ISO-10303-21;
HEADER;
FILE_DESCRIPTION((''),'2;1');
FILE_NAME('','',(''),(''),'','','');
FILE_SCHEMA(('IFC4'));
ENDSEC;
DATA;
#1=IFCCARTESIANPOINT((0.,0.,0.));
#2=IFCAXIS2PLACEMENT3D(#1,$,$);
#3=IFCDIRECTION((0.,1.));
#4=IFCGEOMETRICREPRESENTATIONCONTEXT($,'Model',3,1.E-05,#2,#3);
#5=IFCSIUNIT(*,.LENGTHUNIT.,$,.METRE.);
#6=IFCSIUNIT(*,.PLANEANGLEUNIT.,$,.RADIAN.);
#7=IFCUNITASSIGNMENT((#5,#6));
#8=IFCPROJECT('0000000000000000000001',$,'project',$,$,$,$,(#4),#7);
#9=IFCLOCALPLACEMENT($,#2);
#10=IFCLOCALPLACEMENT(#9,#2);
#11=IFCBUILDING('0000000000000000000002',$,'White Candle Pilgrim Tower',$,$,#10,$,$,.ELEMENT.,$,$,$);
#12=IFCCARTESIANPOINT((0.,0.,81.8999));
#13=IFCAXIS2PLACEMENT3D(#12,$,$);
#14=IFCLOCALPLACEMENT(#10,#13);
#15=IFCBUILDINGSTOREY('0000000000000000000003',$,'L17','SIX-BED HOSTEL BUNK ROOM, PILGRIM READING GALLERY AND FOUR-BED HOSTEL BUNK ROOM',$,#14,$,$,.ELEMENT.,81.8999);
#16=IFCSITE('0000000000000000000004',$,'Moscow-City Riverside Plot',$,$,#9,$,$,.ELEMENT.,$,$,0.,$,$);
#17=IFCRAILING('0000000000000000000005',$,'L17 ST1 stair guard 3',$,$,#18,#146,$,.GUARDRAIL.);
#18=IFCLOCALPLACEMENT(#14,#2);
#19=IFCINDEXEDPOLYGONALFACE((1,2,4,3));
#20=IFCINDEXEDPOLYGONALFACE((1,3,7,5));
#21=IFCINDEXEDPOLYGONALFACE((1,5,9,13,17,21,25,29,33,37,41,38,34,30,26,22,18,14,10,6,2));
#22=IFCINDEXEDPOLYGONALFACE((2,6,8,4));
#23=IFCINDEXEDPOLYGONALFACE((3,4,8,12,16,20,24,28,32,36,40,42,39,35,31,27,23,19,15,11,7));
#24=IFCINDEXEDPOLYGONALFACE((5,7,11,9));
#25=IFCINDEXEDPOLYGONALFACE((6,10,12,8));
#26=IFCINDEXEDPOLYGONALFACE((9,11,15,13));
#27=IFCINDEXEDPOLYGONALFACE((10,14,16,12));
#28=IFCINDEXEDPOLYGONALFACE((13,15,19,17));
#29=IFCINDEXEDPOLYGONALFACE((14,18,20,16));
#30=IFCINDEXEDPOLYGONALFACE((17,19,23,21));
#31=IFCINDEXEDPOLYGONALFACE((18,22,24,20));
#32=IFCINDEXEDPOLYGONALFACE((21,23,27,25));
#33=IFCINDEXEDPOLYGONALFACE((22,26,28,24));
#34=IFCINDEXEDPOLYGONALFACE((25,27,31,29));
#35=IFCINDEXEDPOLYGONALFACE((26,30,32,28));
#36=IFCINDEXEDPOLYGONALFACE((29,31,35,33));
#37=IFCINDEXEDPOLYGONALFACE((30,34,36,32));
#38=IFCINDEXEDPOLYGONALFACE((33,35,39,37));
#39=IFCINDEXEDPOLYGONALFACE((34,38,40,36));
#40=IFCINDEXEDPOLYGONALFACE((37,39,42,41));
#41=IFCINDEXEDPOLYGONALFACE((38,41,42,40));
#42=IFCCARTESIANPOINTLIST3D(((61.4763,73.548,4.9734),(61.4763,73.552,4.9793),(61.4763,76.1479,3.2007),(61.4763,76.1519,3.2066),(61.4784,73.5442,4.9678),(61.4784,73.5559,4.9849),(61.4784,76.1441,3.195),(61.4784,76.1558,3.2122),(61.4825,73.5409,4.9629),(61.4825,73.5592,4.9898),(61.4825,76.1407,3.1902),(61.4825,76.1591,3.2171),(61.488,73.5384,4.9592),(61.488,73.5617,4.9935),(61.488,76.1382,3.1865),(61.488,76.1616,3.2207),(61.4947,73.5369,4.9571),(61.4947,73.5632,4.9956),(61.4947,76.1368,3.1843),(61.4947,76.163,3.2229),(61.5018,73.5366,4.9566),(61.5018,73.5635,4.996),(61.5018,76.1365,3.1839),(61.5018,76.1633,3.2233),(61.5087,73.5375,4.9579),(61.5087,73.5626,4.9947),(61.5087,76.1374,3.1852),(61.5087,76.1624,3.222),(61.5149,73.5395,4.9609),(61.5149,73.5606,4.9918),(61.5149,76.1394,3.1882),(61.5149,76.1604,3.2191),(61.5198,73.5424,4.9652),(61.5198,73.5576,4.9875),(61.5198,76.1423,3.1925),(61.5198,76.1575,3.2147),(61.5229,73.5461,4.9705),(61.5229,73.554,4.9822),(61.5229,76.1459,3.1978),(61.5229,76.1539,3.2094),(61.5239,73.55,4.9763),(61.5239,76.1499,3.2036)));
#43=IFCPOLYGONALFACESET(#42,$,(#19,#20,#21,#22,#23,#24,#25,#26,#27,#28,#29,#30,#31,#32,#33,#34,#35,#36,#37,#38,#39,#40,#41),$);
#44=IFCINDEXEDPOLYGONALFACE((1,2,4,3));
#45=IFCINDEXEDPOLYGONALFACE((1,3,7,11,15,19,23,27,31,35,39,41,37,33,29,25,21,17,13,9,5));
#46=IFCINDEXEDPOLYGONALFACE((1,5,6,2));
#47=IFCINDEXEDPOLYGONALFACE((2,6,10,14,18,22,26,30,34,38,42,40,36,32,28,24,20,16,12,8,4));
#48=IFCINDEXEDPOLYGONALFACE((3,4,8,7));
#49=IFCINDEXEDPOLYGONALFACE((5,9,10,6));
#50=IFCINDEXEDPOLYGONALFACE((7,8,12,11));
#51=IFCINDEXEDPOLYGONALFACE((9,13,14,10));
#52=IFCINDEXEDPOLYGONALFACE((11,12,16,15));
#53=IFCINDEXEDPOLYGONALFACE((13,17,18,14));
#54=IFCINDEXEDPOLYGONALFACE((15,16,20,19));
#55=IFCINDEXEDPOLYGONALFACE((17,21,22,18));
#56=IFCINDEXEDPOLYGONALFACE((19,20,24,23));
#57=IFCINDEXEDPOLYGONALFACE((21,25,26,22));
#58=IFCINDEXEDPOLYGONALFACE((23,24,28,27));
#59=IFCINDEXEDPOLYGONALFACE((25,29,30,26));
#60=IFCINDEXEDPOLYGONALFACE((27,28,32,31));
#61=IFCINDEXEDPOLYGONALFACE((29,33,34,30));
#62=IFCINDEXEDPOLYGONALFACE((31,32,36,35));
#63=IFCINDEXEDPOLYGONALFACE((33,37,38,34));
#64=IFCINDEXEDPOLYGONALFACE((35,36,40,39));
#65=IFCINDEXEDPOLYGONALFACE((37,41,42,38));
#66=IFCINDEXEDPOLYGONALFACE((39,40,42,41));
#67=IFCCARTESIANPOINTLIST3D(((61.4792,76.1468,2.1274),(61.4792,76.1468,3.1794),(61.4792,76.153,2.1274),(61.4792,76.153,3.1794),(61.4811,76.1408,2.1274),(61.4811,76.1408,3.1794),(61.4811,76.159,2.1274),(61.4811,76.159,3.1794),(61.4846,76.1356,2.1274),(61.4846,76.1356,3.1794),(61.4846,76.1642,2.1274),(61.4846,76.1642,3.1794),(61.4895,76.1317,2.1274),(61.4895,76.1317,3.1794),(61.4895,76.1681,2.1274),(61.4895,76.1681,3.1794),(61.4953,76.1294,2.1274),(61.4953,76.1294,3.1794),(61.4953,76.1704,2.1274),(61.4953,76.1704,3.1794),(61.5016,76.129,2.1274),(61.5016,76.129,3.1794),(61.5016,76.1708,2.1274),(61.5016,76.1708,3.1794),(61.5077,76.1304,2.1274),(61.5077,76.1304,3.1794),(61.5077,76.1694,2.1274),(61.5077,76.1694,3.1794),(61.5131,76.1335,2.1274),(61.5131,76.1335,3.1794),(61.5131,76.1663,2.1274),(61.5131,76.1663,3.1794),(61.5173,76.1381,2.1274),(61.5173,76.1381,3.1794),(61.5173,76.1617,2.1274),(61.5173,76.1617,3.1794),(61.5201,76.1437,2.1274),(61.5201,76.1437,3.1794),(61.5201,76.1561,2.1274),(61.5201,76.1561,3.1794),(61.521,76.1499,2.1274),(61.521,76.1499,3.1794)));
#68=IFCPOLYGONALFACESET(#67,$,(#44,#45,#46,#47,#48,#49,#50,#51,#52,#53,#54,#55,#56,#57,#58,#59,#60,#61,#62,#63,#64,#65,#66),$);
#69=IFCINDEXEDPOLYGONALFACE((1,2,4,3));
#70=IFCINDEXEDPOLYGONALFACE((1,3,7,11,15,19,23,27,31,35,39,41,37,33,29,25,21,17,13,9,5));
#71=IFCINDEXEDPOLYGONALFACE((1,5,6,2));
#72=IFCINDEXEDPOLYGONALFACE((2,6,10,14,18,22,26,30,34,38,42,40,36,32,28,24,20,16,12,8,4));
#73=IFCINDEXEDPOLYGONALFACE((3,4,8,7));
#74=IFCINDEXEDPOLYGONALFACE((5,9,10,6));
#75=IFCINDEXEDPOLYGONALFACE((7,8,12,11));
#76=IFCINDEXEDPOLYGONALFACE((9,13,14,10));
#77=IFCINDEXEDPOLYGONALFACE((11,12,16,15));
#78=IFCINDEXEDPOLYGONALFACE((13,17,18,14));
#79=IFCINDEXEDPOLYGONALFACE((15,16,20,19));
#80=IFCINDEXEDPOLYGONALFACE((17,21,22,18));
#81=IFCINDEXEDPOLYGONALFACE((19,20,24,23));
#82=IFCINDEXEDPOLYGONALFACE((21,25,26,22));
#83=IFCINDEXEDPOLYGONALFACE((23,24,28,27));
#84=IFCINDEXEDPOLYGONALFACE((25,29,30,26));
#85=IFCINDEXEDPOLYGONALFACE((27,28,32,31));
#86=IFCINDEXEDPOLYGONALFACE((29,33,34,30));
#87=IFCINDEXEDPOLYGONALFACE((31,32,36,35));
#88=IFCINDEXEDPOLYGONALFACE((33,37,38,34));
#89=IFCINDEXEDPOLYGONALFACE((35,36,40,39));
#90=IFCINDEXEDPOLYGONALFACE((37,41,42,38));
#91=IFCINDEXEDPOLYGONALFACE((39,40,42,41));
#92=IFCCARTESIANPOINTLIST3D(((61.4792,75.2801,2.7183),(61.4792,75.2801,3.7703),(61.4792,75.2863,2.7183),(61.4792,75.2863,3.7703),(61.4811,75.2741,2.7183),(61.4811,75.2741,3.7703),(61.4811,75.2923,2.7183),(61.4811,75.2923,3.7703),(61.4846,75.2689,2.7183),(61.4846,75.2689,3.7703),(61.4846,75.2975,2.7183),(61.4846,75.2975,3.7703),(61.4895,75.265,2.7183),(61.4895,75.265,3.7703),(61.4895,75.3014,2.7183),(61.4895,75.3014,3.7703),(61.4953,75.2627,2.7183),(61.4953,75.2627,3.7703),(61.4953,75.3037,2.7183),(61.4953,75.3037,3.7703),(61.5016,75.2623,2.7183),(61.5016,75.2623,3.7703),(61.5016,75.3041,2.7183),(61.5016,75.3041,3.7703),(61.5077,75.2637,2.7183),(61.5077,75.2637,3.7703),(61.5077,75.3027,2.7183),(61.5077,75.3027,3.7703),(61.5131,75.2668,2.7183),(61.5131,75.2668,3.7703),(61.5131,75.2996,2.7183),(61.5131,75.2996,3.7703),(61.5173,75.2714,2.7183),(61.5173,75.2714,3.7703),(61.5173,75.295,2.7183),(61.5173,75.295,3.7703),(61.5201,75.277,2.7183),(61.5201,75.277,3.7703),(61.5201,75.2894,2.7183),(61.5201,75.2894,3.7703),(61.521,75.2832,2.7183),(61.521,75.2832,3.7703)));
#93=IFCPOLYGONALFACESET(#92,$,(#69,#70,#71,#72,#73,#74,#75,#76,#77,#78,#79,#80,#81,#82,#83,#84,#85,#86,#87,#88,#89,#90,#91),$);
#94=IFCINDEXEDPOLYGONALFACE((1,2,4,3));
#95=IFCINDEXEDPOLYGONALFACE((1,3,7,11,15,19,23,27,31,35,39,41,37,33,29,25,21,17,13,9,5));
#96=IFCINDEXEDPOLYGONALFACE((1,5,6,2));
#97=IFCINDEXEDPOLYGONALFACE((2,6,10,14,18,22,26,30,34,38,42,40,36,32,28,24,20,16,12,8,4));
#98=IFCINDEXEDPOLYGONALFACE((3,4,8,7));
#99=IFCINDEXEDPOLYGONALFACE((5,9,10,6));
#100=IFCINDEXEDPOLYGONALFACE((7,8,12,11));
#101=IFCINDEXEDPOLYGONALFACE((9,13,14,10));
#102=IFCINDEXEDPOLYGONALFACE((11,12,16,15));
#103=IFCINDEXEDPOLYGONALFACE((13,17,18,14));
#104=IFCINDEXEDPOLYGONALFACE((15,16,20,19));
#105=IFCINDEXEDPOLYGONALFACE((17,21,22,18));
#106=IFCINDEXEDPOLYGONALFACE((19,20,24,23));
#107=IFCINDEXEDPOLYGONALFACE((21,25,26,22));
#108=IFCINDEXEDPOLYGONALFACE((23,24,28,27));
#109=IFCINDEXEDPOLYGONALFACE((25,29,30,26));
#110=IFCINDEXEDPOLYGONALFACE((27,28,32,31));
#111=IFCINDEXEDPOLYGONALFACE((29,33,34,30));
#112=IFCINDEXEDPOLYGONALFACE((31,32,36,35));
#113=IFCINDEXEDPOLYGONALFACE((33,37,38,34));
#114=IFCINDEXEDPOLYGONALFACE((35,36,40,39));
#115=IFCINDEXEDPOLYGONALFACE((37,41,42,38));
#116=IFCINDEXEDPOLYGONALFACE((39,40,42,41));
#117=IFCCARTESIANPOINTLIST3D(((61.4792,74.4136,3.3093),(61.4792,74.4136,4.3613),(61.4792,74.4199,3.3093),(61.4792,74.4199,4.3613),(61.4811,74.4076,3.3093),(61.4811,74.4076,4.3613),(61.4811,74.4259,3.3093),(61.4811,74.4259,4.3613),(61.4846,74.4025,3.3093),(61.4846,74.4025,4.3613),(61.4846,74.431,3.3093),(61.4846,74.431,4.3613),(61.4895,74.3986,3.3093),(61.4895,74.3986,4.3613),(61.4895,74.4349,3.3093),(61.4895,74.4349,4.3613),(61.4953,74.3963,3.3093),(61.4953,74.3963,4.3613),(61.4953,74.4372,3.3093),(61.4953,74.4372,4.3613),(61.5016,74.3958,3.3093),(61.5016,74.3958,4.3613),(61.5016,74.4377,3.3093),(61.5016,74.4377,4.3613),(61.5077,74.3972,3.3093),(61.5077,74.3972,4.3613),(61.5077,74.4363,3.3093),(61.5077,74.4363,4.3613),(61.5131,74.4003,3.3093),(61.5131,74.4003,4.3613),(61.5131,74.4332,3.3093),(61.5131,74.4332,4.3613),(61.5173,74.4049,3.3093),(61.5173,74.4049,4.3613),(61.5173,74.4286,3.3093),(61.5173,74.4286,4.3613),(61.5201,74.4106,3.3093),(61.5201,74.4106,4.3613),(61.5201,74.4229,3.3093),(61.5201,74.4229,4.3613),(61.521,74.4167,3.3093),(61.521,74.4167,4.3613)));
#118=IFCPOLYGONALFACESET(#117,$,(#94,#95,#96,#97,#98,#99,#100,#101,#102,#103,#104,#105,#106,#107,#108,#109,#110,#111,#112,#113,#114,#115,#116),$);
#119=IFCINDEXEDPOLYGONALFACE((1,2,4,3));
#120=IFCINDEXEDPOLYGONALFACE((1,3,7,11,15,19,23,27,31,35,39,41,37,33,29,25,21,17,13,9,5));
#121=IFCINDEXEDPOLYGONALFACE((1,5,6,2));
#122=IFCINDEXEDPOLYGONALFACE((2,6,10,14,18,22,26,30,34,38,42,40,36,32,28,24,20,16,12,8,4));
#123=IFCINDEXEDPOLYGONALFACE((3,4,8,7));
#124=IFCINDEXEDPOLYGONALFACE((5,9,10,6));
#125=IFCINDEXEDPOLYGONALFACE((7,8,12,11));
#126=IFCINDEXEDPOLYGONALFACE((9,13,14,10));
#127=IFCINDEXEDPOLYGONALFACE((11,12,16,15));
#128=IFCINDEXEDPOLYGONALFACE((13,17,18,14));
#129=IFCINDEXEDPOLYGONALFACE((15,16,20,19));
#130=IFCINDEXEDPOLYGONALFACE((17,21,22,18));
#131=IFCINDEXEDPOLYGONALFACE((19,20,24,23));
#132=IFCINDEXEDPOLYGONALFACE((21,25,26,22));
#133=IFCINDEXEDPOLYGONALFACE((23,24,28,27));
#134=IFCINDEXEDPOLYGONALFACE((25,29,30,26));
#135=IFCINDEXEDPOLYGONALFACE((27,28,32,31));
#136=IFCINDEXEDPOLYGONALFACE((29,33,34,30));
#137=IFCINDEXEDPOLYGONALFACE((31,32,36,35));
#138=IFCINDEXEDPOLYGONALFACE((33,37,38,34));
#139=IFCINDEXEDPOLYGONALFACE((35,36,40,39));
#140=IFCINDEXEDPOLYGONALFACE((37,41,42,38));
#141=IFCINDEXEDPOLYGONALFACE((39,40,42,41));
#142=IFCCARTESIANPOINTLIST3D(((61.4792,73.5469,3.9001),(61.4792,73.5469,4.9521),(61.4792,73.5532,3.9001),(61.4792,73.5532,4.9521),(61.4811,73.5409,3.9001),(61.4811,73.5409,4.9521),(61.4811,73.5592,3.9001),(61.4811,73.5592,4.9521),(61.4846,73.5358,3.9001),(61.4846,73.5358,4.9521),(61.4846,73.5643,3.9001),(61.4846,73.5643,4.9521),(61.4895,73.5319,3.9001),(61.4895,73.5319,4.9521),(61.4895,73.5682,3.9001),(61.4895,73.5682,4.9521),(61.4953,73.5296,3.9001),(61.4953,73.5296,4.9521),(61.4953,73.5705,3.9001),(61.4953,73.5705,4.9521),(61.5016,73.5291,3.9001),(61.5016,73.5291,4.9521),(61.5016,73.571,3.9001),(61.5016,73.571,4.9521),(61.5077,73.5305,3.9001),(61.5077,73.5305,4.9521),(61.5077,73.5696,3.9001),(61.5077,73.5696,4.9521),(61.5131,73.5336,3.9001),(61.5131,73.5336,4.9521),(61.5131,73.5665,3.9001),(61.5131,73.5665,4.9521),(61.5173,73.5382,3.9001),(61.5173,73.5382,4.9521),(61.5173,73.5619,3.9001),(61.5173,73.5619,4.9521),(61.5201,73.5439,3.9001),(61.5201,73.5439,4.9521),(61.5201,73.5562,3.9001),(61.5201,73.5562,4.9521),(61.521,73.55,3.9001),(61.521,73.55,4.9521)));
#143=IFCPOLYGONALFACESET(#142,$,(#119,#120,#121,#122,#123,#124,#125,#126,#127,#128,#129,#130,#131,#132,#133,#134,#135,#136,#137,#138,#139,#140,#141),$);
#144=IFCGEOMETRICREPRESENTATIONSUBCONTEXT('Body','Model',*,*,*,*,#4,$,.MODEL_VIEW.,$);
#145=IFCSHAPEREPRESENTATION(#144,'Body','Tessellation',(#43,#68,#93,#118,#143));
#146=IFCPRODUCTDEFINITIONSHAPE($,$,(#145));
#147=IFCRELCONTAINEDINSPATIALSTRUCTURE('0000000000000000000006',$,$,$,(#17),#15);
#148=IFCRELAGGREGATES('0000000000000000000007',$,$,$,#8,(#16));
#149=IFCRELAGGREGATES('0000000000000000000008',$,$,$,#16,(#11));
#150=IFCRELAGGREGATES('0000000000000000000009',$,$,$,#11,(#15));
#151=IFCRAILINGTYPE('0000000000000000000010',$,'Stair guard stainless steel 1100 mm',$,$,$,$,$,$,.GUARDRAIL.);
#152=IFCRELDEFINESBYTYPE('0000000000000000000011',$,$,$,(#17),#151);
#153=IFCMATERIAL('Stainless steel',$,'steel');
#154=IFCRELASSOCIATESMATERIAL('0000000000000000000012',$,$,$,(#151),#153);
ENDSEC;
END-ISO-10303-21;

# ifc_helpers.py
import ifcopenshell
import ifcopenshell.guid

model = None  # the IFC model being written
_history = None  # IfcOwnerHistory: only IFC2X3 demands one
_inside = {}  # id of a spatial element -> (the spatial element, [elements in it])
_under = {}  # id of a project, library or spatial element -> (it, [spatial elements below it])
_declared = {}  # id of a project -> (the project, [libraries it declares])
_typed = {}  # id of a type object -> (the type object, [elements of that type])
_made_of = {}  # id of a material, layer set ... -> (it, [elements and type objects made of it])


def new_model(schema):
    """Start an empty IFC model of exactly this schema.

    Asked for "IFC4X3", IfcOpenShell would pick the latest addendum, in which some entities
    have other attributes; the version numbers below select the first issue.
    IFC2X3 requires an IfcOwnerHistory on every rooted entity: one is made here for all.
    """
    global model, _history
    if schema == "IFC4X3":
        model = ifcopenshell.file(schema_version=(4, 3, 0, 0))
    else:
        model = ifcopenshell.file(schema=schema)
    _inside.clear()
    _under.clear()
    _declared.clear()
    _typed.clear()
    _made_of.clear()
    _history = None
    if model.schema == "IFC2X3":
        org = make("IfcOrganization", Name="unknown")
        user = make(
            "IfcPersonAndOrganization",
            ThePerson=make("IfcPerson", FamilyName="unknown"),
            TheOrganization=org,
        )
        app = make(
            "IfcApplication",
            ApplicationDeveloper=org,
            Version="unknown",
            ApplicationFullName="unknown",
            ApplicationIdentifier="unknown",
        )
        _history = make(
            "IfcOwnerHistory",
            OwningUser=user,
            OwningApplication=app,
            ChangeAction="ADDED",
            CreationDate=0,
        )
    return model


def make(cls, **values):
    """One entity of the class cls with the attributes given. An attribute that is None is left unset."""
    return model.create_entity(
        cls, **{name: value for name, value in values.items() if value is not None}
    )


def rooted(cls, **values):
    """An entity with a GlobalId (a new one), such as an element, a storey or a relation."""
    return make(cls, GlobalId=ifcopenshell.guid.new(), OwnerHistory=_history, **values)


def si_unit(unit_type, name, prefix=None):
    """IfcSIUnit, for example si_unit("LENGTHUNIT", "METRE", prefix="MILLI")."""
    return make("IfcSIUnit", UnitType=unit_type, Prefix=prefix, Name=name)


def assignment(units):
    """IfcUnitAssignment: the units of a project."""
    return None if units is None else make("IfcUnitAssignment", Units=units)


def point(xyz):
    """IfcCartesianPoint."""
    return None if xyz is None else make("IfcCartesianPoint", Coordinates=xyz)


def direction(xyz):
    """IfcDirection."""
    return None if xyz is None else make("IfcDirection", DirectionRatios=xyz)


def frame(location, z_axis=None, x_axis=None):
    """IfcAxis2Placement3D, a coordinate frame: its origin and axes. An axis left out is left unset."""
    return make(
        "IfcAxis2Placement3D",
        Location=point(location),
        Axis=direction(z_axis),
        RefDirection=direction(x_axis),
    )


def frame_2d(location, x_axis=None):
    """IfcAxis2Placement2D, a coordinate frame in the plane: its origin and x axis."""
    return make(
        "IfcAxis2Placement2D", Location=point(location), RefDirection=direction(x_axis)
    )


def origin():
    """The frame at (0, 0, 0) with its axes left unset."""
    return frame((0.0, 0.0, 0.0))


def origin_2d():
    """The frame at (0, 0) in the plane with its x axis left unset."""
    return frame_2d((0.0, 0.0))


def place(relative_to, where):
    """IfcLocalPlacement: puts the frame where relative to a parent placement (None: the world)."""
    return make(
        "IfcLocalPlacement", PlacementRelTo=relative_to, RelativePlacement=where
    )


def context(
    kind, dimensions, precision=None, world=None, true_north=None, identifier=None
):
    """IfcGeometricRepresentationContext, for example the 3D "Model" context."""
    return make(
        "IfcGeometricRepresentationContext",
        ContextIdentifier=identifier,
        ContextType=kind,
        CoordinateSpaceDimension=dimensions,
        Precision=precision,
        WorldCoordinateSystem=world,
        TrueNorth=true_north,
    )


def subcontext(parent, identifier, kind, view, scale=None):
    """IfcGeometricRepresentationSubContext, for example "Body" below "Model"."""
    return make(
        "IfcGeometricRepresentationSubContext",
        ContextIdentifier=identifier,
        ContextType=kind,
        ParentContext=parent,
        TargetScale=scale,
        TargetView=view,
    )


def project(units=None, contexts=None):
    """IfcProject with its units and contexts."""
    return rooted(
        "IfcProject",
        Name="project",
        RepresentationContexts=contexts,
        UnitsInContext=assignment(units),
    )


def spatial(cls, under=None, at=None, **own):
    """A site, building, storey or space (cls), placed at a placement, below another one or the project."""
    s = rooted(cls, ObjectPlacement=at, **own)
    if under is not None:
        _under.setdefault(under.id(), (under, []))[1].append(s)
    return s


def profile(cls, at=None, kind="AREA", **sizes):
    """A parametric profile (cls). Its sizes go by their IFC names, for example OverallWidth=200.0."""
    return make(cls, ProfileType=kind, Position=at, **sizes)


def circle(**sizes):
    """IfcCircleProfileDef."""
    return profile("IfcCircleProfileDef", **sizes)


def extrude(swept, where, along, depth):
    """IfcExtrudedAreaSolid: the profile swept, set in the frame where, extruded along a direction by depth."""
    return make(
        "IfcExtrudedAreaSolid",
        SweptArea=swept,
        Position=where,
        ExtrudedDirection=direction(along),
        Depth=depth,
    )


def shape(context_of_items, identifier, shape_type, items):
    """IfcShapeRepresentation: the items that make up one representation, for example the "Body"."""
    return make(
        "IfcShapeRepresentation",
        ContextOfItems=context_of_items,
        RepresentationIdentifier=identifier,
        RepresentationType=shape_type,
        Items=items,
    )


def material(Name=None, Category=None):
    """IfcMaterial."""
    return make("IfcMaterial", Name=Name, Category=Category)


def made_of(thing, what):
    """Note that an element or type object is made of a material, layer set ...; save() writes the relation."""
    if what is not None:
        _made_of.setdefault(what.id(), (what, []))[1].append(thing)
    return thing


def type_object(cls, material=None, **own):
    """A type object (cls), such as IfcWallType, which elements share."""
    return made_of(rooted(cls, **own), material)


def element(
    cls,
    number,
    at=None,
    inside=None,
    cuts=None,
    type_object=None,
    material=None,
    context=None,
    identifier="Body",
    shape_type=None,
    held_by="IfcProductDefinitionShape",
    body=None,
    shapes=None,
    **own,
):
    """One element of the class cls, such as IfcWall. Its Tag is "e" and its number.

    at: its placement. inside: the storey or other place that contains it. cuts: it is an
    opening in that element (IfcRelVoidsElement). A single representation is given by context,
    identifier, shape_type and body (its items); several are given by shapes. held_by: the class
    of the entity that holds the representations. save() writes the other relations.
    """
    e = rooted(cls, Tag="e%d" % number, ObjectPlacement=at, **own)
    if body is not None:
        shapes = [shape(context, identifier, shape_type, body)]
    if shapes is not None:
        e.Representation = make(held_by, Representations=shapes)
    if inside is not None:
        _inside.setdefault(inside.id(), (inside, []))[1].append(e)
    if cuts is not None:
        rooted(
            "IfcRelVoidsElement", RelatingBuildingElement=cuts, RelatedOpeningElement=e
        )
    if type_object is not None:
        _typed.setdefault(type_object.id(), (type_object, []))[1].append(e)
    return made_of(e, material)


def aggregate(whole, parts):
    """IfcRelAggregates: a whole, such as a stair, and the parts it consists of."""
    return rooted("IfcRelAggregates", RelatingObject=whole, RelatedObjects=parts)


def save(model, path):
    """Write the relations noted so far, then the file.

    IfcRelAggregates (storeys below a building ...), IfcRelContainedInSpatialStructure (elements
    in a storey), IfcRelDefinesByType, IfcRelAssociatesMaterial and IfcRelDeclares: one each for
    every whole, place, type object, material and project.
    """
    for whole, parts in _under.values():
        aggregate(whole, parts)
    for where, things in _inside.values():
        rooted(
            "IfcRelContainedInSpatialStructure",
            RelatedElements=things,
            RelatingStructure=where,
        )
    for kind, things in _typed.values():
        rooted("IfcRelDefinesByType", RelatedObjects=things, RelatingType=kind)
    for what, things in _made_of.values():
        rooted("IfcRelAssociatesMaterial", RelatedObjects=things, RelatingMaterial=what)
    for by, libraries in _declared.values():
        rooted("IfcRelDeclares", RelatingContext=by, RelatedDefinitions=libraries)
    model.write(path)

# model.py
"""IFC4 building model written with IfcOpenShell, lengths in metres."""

from ifc_helpers import new_model, si_unit, direction, frame, origin, origin_2d, place, context, subcontext, project, spatial, circle, extrude, material, type_object, element, save


model = new_model("IFC4")

# Units and contexts
model_context = context("Model", 3, precision=1e-05, world=origin(), true_north=direction((0.0, 1.0)))
body_context = subcontext(model_context, "Body", "Model", "MODEL_VIEW")
ifc_project = project(units=[si_unit("LENGTHUNIT", "METRE"), si_unit("PLANEANGLEUNIT", "RADIAN")], contexts=[model_context])

# Site, building, storey
site_placement = place(None, origin())
site = spatial("IfcSite", under=ifc_project, at=site_placement, Name="Moscow-City Riverside Plot", CompositionType="ELEMENT", RefElevation=0.0)
building_placement = place(site_placement, origin())
building = spatial("IfcBuilding", under=site, at=building_placement, Name="White Candle Pilgrim Tower", CompositionType="ELEMENT")
storey_placement = place(building_placement, frame((0.0, 0.0, 81.8999)))
storey = spatial("IfcBuildingStorey", under=building, at=storey_placement, Name="L17", Description="SIX-BED HOSTEL BUNK ROOM, PILGRIM READING GALLERY AND FOUR-BED HOSTEL BUNK ROOM", CompositionType="ELEMENT", Elevation=81.8999)

# Railing
ifc_material_1 = material(Name="Stainless steel", Category="steel")
railing_type_1 = type_object("IfcRailingType", Name="Stair guard stainless steel 1100 mm", PredefinedType="GUARDRAIL", material=ifc_material_1)
railing_1_placement = place(storey_placement, frame((61.5, 76.1499, 2.1274)))
element("IfcRailing", 1, at=railing_1_placement, inside=storey, type_object=railing_type_1, Name="L17 ST1 stair guard 3", PredefinedType="GUARDRAIL", context=body_context, shape_type="SweptSolid", body=[
    extrude(circle(Radius=0.0239, at=origin_2d()), frame((0.0, 0.0, 1.0762), z_axis=(0.0, -0.826216, 0.563354), x_axis=(1.0, 0.0, 0.0)), (0.0, 0.0, 1.0), 3.1467),
    extrude(circle(Radius=0.021, at=origin_2d()), origin(), (0.0, 0.0, 1.0), 1.052),
    extrude(circle(Radius=0.021, at=origin_2d()), frame((0.0, -0.8667, 0.5908)), (0.0, 0.0, 1.0), 1.052),
    extrude(circle(Radius=0.021, at=origin_2d()), frame((0.0, -1.7332, 1.1819)), (0.0, 0.0, 1.0), 1.052),
    extrude(circle(Radius=0.021, at=origin_2d()), frame((0.0, -2.5999, 1.7727)), (0.0, 0.0, 1.0), 1.052),
])

save(model, "model.ifc")
